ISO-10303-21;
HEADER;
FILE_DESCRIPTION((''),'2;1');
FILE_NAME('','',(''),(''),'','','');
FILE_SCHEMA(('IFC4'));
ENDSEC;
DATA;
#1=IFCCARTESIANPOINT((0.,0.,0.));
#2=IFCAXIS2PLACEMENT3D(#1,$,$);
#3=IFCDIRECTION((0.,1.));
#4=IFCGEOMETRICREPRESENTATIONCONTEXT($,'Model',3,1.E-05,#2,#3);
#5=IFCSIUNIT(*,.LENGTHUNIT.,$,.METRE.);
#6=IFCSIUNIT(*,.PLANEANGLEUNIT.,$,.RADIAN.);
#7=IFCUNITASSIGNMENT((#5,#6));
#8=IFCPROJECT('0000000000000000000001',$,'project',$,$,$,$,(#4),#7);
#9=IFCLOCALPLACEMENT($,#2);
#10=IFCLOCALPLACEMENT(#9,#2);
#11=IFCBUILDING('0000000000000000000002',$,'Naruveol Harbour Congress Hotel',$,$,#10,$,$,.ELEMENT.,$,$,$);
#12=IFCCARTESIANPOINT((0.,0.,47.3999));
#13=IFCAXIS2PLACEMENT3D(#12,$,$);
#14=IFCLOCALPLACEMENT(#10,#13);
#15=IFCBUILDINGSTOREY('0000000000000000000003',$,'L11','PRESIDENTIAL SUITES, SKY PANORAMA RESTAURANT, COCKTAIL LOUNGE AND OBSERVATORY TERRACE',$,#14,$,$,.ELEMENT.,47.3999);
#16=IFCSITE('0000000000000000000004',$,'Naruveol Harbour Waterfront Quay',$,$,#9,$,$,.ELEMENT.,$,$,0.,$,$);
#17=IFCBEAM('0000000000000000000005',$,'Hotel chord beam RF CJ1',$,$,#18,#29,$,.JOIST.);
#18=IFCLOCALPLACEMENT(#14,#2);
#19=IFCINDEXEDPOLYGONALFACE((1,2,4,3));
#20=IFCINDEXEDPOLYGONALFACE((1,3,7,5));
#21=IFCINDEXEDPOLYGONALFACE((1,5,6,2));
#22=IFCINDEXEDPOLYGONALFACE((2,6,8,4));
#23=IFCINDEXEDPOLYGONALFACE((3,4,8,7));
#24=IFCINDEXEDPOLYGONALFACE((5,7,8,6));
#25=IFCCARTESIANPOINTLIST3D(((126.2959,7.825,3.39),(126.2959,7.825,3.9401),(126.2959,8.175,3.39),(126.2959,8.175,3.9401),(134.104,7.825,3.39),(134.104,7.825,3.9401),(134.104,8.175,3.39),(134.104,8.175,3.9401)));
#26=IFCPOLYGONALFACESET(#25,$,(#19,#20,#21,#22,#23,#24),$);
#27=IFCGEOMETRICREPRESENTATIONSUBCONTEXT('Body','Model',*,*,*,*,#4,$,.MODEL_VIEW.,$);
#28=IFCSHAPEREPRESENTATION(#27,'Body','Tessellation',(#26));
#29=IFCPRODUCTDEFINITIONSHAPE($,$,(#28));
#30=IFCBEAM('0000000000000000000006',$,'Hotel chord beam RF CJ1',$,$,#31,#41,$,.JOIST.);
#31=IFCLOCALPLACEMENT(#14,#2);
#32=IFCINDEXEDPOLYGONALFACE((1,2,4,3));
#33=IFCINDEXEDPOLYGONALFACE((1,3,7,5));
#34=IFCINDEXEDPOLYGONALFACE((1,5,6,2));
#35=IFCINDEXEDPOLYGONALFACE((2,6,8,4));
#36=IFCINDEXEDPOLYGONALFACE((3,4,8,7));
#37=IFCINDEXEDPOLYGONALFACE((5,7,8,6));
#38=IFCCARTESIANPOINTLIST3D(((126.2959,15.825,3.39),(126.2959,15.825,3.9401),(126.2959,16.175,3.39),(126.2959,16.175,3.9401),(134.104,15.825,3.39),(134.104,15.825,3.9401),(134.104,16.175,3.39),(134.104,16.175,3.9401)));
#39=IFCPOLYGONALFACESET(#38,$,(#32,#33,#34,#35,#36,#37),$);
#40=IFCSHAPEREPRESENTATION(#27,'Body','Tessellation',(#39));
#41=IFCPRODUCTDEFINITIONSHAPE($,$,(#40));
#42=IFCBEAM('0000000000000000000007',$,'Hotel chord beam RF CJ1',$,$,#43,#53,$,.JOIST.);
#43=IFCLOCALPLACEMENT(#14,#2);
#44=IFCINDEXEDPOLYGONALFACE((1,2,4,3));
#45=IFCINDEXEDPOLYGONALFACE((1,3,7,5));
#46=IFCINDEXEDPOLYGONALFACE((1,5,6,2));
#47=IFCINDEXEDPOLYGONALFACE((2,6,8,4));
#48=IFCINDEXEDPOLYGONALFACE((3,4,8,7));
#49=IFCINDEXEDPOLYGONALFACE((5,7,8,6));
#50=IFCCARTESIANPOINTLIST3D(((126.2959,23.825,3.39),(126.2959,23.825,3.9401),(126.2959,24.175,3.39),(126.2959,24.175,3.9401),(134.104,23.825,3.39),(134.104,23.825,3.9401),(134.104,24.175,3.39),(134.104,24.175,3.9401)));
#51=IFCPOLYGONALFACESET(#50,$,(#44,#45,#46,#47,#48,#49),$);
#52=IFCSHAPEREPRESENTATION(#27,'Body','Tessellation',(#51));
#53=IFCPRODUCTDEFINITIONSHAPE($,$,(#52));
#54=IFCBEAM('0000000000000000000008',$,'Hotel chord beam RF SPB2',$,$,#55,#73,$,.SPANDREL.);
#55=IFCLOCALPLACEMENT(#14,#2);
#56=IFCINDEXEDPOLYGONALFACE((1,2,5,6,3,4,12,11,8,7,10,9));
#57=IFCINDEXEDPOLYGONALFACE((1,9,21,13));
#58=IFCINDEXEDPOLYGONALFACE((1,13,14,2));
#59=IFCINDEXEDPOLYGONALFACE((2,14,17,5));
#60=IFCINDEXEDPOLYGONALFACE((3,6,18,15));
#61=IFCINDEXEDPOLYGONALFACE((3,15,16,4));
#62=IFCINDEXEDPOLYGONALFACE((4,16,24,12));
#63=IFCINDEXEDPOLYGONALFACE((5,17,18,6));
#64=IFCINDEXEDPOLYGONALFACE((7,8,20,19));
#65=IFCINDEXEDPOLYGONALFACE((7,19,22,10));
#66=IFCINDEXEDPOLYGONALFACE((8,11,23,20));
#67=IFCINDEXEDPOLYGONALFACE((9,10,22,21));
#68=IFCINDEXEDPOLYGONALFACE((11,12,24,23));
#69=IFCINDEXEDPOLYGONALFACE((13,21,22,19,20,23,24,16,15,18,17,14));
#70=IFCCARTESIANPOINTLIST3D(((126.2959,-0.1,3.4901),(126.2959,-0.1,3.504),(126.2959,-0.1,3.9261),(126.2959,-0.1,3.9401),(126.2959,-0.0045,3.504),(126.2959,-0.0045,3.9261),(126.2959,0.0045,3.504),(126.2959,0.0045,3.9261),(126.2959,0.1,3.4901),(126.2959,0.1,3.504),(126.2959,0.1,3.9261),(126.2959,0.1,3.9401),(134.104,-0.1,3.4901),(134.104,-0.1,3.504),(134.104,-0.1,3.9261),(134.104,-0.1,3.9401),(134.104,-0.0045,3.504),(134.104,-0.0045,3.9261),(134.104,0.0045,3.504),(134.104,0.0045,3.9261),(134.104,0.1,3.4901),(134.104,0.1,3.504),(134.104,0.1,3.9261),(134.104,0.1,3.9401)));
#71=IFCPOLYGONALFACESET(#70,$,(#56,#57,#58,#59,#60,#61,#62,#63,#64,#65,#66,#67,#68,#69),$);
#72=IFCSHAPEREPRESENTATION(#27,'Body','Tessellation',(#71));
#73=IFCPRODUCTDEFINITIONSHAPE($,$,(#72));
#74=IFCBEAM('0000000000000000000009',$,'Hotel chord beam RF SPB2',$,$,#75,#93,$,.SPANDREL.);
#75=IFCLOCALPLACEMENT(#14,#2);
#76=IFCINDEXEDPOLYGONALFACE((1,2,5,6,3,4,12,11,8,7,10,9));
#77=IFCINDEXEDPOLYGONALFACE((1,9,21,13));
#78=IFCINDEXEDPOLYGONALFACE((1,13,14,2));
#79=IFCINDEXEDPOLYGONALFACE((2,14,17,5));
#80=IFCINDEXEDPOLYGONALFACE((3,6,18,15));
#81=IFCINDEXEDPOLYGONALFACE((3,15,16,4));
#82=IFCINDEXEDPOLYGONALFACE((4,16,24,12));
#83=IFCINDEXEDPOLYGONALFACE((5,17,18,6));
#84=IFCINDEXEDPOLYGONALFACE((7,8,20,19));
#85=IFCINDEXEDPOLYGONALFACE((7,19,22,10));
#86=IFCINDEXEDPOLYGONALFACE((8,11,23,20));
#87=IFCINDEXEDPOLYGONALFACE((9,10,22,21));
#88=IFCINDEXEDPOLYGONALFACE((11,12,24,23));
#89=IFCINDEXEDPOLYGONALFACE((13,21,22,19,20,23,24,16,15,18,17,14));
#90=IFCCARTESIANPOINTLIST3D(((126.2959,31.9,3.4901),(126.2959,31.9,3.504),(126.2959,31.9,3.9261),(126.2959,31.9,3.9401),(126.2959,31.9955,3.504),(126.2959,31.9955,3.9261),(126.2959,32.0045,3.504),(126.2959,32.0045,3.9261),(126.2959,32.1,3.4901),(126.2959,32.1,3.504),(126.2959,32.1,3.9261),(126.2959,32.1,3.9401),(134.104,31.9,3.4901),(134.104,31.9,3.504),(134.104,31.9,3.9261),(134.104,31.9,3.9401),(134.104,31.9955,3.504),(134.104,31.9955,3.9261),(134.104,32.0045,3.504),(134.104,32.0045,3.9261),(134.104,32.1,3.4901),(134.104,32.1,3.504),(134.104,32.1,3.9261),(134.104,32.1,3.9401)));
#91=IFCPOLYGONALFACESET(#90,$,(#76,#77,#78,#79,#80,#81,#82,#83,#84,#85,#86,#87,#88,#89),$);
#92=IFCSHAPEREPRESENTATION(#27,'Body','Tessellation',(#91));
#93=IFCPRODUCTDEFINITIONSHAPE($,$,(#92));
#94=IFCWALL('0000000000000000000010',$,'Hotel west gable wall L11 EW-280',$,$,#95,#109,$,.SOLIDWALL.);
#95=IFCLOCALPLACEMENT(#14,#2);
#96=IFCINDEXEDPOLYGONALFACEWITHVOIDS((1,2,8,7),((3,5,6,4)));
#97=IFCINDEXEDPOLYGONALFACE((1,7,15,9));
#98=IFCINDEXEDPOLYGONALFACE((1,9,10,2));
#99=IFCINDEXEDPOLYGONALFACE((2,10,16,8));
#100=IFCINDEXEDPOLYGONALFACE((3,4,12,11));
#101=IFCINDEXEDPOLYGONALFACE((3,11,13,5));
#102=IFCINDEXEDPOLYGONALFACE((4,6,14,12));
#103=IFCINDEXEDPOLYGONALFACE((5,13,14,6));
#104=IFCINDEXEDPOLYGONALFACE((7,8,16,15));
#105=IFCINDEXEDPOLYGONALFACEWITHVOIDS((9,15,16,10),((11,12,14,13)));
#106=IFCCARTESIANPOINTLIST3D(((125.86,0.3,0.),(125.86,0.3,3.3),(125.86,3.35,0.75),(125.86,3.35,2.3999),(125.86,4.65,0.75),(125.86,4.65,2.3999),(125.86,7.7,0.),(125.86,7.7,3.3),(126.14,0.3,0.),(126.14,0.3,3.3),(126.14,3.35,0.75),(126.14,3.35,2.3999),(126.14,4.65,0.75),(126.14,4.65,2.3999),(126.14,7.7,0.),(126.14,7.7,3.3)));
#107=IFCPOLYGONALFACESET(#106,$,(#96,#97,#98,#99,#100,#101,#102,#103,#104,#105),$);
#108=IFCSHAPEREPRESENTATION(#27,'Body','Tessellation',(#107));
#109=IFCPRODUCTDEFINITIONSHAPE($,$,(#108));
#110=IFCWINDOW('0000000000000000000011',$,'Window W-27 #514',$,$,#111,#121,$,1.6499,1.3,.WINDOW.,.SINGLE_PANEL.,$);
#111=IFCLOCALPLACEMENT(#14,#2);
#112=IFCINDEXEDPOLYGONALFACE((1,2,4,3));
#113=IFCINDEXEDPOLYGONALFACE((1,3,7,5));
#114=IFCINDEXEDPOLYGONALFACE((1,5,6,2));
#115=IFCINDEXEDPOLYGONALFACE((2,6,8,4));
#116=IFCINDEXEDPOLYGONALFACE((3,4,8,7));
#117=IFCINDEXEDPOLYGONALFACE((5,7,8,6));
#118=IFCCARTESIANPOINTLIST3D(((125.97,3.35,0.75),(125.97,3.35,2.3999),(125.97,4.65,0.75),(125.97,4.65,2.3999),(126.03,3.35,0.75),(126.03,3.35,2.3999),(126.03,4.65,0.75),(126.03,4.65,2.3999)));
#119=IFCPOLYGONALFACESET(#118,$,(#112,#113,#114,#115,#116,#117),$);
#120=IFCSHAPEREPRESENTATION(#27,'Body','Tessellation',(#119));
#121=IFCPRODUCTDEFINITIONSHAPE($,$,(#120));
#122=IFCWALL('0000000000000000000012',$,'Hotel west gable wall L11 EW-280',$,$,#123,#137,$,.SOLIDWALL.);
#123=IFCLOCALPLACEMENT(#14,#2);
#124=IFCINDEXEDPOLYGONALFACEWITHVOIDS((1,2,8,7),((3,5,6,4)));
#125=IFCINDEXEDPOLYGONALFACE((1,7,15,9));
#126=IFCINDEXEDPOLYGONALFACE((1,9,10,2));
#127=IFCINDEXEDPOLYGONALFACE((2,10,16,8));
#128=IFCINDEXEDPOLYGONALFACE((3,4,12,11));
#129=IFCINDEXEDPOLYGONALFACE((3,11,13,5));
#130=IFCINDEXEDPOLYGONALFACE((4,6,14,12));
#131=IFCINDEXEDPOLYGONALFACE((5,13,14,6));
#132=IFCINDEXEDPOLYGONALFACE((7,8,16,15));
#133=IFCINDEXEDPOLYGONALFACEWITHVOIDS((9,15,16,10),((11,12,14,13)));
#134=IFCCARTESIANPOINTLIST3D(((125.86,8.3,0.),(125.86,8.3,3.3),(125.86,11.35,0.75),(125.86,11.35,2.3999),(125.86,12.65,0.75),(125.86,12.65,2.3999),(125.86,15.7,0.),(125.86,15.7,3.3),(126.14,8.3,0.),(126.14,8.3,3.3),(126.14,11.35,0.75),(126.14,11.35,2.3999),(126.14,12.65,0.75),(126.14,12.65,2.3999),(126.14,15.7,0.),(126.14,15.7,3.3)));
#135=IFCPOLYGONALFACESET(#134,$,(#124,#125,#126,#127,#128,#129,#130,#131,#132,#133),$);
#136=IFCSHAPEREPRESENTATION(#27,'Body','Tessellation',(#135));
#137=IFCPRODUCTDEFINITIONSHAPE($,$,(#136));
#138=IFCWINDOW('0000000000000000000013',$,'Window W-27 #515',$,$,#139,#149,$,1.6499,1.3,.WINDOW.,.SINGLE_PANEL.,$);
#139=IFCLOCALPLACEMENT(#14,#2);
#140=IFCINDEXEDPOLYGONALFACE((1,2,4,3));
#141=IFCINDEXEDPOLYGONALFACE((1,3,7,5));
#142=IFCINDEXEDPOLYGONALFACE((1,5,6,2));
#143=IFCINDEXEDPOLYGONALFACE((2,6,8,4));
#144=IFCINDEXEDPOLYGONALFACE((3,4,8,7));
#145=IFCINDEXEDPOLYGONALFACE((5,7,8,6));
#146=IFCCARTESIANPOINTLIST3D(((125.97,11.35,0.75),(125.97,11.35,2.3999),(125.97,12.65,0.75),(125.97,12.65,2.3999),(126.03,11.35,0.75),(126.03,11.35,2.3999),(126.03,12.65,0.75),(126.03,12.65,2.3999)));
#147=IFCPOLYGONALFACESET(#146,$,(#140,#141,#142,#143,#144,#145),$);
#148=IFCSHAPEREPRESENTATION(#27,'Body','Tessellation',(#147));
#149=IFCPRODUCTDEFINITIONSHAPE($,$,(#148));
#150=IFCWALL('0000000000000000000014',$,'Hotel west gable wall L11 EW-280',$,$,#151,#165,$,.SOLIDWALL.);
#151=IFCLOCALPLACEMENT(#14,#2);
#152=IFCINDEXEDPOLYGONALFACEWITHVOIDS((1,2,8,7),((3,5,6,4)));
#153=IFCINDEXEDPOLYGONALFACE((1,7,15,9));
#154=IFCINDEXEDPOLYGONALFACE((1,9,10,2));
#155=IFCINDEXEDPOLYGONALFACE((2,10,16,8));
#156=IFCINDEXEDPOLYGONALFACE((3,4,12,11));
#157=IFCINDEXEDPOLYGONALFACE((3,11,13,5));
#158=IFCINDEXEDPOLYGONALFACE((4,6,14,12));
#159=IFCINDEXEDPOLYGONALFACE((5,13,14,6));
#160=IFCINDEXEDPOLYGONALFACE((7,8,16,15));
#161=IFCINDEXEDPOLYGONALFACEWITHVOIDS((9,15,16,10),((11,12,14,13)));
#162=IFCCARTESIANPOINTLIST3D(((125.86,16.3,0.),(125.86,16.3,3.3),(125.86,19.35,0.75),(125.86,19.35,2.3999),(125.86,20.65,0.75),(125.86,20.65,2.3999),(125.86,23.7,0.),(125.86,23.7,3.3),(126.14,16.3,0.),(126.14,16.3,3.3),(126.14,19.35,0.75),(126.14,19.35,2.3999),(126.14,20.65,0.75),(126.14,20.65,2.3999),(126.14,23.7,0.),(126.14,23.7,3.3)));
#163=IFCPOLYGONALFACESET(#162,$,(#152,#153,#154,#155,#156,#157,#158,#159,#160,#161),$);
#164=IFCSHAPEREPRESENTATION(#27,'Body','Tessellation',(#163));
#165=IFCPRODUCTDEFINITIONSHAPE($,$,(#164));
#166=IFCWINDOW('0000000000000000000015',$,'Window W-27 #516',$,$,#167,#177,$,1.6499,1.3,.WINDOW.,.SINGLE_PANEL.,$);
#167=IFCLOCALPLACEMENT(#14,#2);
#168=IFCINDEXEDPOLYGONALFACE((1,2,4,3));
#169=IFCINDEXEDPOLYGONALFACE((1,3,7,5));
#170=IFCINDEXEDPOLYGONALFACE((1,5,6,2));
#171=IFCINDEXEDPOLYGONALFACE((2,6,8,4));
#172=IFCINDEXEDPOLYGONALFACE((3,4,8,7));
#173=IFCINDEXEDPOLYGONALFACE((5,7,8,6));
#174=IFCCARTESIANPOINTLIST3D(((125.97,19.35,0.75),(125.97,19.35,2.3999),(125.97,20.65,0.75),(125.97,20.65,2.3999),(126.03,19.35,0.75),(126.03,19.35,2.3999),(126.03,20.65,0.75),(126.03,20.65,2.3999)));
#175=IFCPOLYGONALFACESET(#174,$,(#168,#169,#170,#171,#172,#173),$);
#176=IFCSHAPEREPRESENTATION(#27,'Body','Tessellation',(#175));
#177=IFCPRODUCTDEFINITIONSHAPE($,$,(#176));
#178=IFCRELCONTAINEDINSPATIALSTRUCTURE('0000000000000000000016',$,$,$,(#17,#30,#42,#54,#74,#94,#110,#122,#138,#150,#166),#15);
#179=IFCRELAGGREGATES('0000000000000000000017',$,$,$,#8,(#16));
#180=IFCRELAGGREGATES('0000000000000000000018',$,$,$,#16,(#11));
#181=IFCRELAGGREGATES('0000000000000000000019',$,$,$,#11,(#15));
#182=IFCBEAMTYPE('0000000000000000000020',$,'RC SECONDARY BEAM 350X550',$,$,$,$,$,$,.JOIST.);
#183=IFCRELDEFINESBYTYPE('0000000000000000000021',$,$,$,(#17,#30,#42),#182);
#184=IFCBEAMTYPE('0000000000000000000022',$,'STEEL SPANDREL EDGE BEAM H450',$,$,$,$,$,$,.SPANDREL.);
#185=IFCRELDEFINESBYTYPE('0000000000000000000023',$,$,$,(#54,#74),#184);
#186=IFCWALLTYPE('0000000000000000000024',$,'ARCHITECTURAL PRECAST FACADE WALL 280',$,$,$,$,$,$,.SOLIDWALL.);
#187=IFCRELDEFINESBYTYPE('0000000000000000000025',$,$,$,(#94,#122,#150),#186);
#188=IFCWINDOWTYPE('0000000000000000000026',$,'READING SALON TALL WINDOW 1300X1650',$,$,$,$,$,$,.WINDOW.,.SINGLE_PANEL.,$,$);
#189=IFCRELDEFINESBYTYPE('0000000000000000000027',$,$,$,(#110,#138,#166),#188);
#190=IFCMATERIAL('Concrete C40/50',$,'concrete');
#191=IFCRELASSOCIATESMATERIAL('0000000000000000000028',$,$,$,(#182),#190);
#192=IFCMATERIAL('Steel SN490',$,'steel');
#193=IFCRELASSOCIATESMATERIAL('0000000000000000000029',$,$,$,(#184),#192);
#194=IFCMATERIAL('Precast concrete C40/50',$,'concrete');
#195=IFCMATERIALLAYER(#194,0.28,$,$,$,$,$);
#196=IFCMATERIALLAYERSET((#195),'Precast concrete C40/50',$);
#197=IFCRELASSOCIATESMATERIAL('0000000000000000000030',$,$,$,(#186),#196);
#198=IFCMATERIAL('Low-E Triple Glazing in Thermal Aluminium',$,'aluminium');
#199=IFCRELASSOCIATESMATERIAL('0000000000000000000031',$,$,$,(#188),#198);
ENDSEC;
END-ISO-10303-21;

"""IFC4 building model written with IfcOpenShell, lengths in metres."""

from ifc_helpers import new_model, si_unit, direction, frame, frame_2d, origin, origin_2d, place, context, subcontext, project, spatial, rectangle, i_section, extrude, material, layer, layer_set, material_profile, profile_set, type_object, element, fill, save


model = new_model("IFC4")

# Units and contexts
model_context = context("Model", 3, precision=1e-05, world=origin(), true_north=direction((0.0, 1.0)))
body_context = subcontext(model_context, "Body", "Model", "MODEL_VIEW")
ifc_project = project(units=[si_unit("LENGTHUNIT", "METRE"), si_unit("PLANEANGLEUNIT", "RADIAN")], contexts=[model_context])

# Site, building, storey
site_placement = place(None, origin())
site = spatial("IfcSite", under=ifc_project, at=site_placement, Name="Naruveol Harbour Waterfront Quay", CompositionType="ELEMENT", RefElevation=0.0)
building_placement = place(site_placement, origin())
building = spatial("IfcBuilding", under=site, at=building_placement, Name="Naruveol Harbour Congress Hotel", CompositionType="ELEMENT")
storey_placement = place(building_placement, frame((0.0, 0.0, 47.3999)))
storey = spatial("IfcBuildingStorey", under=building, at=storey_placement, Name="L11", Description="PRESIDENTIAL SUITES, SKY PANORAMA RESTAURANT, COCKTAIL LOUNGE AND OBSERVATORY TERRACE", CompositionType="ELEMENT", Elevation=47.3999)

# Beams
ifc_material_1 = material(Name="Concrete C40/50", Category="concrete")
ifc_material_profile_1 = material_profile(ifc_material_1, rectangle(XDim=0.3501, YDim=0.55, at=origin_2d()), Name="RCB-350x550")
ifc_profile_set_1 = profile_set([ifc_material_profile_1], Name="Concrete C40/50")
beam_type_1 = type_object("IfcBeamType", Name="RC SECONDARY BEAM 350X550", PredefinedType="JOIST", material=ifc_profile_set_1)
for number, where, z_axis, x_axis, name in (
    (1, (126.2959, 8.0, 3.665), (1.0, 0.0, 0.0), (0.0, 1.0, 0.0), "Hotel chord beam RF CJ1"),
    (2, (126.2959, 16.0, 3.665), (1.0, 0.0, 0.0), (0.0, 1.0, 0.0), "Hotel chord beam RF CJ1"),
    (3, (126.2959, 24.0, 3.665), (1.0, 0.0, 0.0), (0.0, 1.0, 0.0), "Hotel chord beam RF CJ1"),
):
    element("IfcBeam", number, at=place(storey_placement, frame(where, z_axis=z_axis, x_axis=x_axis)), inside=storey, type_object=beam_type_1, Name=name, PredefinedType="JOIST", context=body_context, shape_type="SweptSolid", body=[
        extrude(rectangle(XDim=0.3501, YDim=0.55, at=origin_2d()), origin(), (0.0, 0.0, 1.0), 7.8081),
    ])
ifc_material_2 = material(Name="Steel SN490", Category="steel")
ifc_material_profile_2 = material_profile(ifc_material_2, i_section(OverallWidth=0.2, OverallDepth=0.45, WebThickness=0.009, FlangeThickness=0.0139, at=origin_2d()), Name="H-450x200x9x14")
ifc_profile_set_2 = profile_set([ifc_material_profile_2], Name="Steel SN490")
beam_type_2 = type_object("IfcBeamType", Name="STEEL SPANDREL EDGE BEAM H450", PredefinedType="SPANDREL", material=ifc_profile_set_2)
for number, where, z_axis, x_axis, name in (
    (4, (126.2959, 0.0, 3.7151), (1.0, 0.0, 0.0), (0.0, 1.0, 0.0), "Hotel chord beam RF SPB2"),
    (5, (126.2959, 32.0, 3.7151), (1.0, 0.0, 0.0), (0.0, 1.0, 0.0), "Hotel chord beam RF SPB2"),
):
    element("IfcBeam", number, at=place(storey_placement, frame(where, z_axis=z_axis, x_axis=x_axis)), inside=storey, type_object=beam_type_2, Name=name, PredefinedType="SPANDREL", context=body_context, shape_type="SweptSolid", body=[
        extrude(i_section(OverallWidth=0.2, OverallDepth=0.45, WebThickness=0.009, FlangeThickness=0.0139, at=origin_2d()), origin(), (0.0, 0.0, 1.0), 7.8081),
    ])

# Walls, openings, windows
ifc_material_3 = material(Name="Precast concrete C40/50", Category="concrete")
ifc_layer_1 = layer(ifc_material_3, 0.28)
ifc_layer_set_1 = layer_set([ifc_layer_1], Name="Precast concrete C40/50")
wall_type_1 = type_object("IfcWallType", Name="ARCHITECTURAL PRECAST FACADE WALL 280", PredefinedType="SOLIDWALL", material=ifc_layer_set_1)
wall_1_placement = place(storey_placement, frame((126.0, 0.3, 0.0), z_axis=(0.0, 0.0, 1.0), x_axis=(0.0, 1.0, 0.0)))
wall_1 = element("IfcWall", 6, at=wall_1_placement, inside=storey, type_object=wall_type_1, Name="Hotel west gable wall L11 EW-280", PredefinedType="SOLIDWALL", context=body_context, shape_type="SweptSolid", body=[
    extrude(rectangle(XDim=7.3999, YDim=0.28, at=frame_2d((3.7, 0.0))), origin(), (0.0, 0.0, 1.0), 3.3),
])
opening_1_placement = place(wall_1_placement, frame((3.05, 0.0, 0.75)))
opening_1 = element("IfcOpeningElement", 7, at=opening_1_placement, cuts=wall_1, PredefinedType="OPENING", context=body_context, shape_type="SweptSolid", body=[
    extrude(rectangle(XDim=1.3, YDim=1.6499, at=frame_2d((0.6499, 0.825))), frame((0.0, 0.1499, 0.0), z_axis=(0.0, -1.0, 0.0), x_axis=(1.0, 0.0, 0.0)), (0.0, 0.0, 1.0), 0.3),
])
ifc_material_4 = material(Name="Low-E Triple Glazing in Thermal Aluminium", Category="aluminium")
window_type_1 = type_object("IfcWindowType", Name="READING SALON TALL WINDOW 1300X1650", PartitioningType="SINGLE_PANEL", PredefinedType="WINDOW", material=ifc_material_4)
window_1_placement = place(opening_1_placement, origin())
window_1 = element("IfcWindow", 8, at=window_1_placement, inside=storey, type_object=window_type_1, Name="Window W-27 #514", OverallHeight=1.6499, OverallWidth=1.3, PartitioningType="SINGLE_PANEL", PredefinedType="WINDOW", context=body_context, shape_type="SweptSolid", body=[
    extrude(rectangle(XDim=1.3, YDim=1.6499, at=frame_2d((0.6499, 0.825))), frame((0.0, 0.03, 0.0), z_axis=(0.0, -1.0, 0.0), x_axis=(1.0, 0.0, 0.0)), (0.0, 0.0, 1.0), 0.0601),
])
fill(opening_1, window_1)
wall_2_placement = place(storey_placement, frame((126.0, 8.3, 0.0), z_axis=(0.0, 0.0, 1.0), x_axis=(0.0, 1.0, 0.0)))
wall_2 = element("IfcWall", 9, at=wall_2_placement, inside=storey, type_object=wall_type_1, Name="Hotel west gable wall L11 EW-280", PredefinedType="SOLIDWALL", context=body_context, shape_type="SweptSolid", body=[
    extrude(rectangle(XDim=7.3999, YDim=0.28, at=frame_2d((3.7, 0.0))), origin(), (0.0, 0.0, 1.0), 3.3),
])
opening_2_placement = place(wall_2_placement, frame((3.05, 0.0, 0.75)))
opening_2 = element("IfcOpeningElement", 10, at=opening_2_placement, cuts=wall_2, PredefinedType="OPENING", context=body_context, shape_type="SweptSolid", body=[
    extrude(rectangle(XDim=1.3, YDim=1.6499, at=frame_2d((0.6499, 0.825))), frame((0.0, 0.1499, 0.0), z_axis=(0.0, -1.0, 0.0), x_axis=(1.0, 0.0, 0.0)), (0.0, 0.0, 1.0), 0.3),
])
window_2_placement = place(opening_2_placement, origin())
window_2 = element("IfcWindow", 11, at=window_2_placement, inside=storey, type_object=window_type_1, Name="Window W-27 #515", OverallHeight=1.6499, OverallWidth=1.3, PartitioningType="SINGLE_PANEL", PredefinedType="WINDOW", context=body_context, shape_type="SweptSolid", body=[
    extrude(rectangle(XDim=1.3, YDim=1.6499, at=frame_2d((0.6499, 0.825))), frame((0.0, 0.03, 0.0), z_axis=(0.0, -1.0, 0.0), x_axis=(1.0, 0.0, 0.0)), (0.0, 0.0, 1.0), 0.0601),
])
fill(opening_2, window_2)
wall_3_placement = place(storey_placement, frame((126.0, 16.3, 0.0), z_axis=(0.0, 0.0, 1.0), x_axis=(0.0, 1.0, 0.0)))
wall_3 = element("IfcWall", 12, at=wall_3_placement, inside=storey, type_object=wall_type_1, Name="Hotel west gable wall L11 EW-280", PredefinedType="SOLIDWALL", context=body_context, shape_type="SweptSolid", body=[
    extrude(rectangle(XDim=7.3999, YDim=0.28, at=frame_2d((3.7, 0.0))), origin(), (0.0, 0.0, 1.0), 3.3),
])
opening_3_placement = place(wall_3_placement, frame((3.05, 0.0, 0.75)))
opening_3 = element("IfcOpeningElement", 13, at=opening_3_placement, cuts=wall_3, PredefinedType="OPENING", context=body_context, shape_type="SweptSolid", body=[
    extrude(rectangle(XDim=1.3, YDim=1.6499, at=frame_2d((0.6499, 0.825))), frame((0.0, 0.1499, 0.0), z_axis=(0.0, -1.0, 0.0), x_axis=(1.0, 0.0, 0.0)), (0.0, 0.0, 1.0), 0.3),
])
window_3_placement = place(opening_3_placement, origin())
window_3 = element("IfcWindow", 14, at=window_3_placement, inside=storey, type_object=window_type_1, Name="Window W-27 #516", OverallHeight=1.6499, OverallWidth=1.3, PartitioningType="SINGLE_PANEL", PredefinedType="WINDOW", context=body_context, shape_type="SweptSolid", body=[
    extrude(rectangle(XDim=1.3, YDim=1.6499, at=frame_2d((0.6499, 0.825))), frame((0.0, 0.03, 0.0), z_axis=(0.0, -1.0, 0.0), x_axis=(1.0, 0.0, 0.0)), (0.0, 0.0, 1.0), 0.0601),
])
fill(opening_3, window_3)

save(model, "model.ifc")
